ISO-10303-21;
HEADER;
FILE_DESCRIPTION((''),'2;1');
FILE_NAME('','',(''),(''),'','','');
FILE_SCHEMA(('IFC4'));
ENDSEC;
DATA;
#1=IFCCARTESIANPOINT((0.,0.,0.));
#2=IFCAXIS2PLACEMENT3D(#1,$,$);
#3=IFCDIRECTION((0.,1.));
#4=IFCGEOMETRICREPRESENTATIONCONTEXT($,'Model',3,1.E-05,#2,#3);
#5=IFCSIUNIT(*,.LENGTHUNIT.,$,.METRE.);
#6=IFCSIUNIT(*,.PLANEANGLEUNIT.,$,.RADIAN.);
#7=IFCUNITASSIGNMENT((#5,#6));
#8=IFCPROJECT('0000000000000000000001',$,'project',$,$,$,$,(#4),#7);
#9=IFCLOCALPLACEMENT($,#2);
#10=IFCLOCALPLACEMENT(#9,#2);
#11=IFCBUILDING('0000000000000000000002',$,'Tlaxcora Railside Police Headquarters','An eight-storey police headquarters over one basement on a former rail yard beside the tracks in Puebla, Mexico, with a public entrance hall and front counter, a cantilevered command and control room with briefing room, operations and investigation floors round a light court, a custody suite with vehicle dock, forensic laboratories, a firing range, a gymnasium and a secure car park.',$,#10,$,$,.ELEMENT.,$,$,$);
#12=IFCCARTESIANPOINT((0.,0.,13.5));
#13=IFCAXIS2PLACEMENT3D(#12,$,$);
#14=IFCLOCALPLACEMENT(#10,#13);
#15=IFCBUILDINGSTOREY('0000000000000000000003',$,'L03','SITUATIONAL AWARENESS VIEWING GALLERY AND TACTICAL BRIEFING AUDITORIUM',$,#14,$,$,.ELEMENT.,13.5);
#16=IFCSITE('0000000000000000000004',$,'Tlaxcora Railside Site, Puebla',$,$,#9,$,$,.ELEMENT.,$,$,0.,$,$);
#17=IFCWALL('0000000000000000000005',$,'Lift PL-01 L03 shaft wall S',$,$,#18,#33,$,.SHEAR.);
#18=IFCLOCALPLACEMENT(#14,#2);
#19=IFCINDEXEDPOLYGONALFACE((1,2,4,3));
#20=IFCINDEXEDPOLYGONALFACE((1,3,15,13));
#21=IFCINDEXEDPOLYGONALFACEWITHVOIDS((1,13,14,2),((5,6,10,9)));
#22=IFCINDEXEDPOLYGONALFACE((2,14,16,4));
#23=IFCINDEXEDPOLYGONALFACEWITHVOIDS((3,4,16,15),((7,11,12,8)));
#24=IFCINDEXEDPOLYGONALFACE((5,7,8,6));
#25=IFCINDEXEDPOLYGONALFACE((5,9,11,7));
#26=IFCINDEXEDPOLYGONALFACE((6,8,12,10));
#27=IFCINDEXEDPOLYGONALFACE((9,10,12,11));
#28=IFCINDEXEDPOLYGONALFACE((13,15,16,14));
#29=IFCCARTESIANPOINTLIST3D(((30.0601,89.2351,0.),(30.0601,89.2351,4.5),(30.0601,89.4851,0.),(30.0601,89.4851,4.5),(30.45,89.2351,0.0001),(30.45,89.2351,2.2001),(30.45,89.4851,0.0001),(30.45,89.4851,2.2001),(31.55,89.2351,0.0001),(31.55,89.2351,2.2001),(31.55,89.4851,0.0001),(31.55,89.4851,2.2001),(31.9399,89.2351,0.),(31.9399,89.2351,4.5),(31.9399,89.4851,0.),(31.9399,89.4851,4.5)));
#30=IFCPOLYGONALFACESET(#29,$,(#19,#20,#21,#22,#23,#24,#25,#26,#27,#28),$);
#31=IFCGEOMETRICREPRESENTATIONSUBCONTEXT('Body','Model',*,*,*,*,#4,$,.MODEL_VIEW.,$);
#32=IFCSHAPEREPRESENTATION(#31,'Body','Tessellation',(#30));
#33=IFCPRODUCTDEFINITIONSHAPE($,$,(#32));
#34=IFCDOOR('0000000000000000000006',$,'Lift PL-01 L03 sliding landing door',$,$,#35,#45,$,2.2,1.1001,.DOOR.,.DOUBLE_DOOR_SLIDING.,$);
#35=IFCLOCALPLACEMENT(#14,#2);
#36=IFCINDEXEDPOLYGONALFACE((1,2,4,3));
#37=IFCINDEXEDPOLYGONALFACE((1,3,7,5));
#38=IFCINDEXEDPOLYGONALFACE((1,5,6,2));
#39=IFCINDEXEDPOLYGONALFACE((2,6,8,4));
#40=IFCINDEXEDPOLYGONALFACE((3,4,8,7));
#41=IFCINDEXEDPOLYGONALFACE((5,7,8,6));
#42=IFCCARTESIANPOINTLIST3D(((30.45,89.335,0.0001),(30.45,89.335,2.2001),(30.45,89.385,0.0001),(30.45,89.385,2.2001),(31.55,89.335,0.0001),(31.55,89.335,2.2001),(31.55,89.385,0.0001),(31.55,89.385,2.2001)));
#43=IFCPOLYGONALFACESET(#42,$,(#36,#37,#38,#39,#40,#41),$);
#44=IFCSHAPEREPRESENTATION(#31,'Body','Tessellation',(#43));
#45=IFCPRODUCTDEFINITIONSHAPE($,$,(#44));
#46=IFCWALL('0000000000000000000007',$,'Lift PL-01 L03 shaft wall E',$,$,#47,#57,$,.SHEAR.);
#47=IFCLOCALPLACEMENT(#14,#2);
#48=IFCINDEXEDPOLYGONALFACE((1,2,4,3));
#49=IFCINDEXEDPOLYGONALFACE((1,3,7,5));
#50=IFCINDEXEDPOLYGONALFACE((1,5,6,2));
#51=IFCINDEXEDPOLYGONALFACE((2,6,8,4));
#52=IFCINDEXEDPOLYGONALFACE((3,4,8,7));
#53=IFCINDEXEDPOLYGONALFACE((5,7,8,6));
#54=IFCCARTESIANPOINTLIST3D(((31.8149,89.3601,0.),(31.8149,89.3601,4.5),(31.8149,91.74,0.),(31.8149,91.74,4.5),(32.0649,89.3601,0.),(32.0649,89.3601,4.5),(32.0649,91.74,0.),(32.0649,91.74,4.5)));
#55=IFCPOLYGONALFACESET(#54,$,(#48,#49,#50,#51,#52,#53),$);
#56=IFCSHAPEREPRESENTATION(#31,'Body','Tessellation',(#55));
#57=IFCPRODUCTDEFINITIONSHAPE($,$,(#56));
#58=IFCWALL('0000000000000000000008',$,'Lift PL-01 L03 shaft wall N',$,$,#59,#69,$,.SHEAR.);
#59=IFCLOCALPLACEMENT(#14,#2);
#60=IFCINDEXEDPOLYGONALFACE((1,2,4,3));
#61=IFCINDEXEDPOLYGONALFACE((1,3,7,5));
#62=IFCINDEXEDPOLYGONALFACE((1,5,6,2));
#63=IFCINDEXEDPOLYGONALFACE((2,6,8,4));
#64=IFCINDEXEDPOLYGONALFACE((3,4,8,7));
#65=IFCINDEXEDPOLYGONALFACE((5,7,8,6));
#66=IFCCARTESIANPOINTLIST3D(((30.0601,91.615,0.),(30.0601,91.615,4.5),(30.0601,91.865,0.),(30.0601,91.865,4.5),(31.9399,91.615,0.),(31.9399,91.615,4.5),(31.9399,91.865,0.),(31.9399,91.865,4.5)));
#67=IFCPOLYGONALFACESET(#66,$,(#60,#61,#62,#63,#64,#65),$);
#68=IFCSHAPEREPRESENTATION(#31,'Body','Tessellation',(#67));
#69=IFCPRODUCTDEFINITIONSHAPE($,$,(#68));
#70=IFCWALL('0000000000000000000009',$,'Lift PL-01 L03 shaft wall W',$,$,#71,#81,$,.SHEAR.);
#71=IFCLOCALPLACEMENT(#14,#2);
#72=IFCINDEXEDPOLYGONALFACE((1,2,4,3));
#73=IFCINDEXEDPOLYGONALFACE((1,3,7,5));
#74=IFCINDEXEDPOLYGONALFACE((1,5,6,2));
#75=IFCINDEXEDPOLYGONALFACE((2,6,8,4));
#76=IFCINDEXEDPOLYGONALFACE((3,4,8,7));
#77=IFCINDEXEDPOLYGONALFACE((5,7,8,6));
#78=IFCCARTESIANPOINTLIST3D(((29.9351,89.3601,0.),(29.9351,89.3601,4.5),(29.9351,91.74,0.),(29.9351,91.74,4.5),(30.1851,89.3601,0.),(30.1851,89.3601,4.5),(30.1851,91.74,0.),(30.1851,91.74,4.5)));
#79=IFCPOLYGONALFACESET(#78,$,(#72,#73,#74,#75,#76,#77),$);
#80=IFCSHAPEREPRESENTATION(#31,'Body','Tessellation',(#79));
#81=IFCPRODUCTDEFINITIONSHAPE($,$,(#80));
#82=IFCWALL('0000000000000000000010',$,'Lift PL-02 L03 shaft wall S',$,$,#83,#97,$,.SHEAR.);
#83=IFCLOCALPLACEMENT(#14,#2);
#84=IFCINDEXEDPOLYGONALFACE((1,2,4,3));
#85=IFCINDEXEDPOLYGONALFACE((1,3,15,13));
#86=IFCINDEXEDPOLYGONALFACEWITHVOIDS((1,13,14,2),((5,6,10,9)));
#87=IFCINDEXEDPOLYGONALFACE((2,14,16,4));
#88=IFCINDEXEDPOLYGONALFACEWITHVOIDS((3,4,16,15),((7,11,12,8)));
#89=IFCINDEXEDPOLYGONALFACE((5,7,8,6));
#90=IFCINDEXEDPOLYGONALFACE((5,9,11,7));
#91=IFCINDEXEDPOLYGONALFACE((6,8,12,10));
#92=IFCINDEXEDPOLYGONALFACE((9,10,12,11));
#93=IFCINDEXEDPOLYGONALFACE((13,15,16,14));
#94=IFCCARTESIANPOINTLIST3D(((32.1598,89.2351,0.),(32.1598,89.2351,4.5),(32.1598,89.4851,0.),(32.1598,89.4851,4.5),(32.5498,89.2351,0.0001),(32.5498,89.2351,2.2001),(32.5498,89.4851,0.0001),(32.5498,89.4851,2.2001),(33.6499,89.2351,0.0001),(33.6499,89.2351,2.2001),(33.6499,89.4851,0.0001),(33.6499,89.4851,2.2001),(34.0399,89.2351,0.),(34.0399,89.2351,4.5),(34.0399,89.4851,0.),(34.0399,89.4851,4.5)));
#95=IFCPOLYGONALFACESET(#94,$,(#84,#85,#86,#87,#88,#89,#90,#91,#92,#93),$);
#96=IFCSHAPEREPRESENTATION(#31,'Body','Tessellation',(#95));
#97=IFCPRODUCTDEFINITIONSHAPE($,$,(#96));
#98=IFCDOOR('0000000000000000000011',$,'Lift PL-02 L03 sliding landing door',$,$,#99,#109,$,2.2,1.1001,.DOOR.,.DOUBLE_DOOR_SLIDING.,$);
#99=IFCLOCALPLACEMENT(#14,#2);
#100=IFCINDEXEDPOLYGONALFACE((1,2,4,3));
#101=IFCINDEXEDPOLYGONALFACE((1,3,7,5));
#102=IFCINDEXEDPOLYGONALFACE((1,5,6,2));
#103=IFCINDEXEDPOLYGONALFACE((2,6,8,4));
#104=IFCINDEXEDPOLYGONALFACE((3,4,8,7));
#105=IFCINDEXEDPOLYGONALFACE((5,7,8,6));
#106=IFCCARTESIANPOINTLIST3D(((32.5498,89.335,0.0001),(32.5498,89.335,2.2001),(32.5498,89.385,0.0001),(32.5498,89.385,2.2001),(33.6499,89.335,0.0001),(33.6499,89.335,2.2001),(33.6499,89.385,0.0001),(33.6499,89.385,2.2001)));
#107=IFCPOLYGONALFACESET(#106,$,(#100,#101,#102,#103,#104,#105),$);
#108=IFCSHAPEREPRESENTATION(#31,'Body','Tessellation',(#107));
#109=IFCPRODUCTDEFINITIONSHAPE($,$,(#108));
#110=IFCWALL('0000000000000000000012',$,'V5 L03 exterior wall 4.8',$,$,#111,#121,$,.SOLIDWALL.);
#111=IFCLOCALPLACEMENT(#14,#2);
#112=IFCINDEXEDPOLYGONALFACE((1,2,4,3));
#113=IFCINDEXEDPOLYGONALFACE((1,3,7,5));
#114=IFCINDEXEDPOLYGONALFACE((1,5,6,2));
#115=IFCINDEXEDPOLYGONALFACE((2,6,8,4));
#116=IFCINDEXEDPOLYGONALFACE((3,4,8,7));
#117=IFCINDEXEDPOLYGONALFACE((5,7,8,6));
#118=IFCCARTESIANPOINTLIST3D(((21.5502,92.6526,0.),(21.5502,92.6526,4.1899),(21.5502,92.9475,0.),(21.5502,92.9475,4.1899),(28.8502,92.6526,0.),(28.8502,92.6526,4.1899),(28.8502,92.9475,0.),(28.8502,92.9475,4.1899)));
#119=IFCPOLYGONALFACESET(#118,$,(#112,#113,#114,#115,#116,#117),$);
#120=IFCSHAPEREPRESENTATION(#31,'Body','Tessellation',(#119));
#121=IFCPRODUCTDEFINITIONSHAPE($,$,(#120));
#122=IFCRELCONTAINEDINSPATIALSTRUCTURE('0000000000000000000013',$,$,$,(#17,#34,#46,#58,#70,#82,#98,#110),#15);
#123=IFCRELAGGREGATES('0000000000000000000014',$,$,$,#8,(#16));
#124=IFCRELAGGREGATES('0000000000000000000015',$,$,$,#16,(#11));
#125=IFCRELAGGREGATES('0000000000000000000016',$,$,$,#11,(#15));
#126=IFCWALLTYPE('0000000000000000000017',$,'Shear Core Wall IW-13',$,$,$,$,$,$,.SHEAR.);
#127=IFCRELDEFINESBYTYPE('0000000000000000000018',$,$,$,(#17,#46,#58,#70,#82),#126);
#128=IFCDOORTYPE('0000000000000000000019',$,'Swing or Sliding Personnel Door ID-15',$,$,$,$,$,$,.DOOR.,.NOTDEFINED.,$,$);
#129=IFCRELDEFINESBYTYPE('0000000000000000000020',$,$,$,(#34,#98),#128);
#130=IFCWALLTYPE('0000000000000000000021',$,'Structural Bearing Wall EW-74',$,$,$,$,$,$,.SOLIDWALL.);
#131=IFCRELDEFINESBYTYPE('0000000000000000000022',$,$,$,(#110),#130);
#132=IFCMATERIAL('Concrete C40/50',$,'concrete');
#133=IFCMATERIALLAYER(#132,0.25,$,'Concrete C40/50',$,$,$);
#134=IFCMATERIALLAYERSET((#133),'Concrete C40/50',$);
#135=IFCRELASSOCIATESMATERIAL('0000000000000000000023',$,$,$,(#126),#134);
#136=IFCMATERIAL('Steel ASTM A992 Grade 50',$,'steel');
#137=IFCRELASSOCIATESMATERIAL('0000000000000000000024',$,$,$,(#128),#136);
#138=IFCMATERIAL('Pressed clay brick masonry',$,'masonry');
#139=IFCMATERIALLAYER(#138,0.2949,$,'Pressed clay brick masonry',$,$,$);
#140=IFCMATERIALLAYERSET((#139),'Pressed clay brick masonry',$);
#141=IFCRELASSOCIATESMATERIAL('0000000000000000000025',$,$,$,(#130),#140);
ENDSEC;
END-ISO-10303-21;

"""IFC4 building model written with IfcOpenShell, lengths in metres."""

from ifc_helpers import new_model, si_unit, direction, frame, frame_2d, origin, place, context, subcontext, project, spatial, rectangle, extrude, material, layer, layer_set, type_object, element, fill, save


model = new_model("IFC4")

# Units and contexts
model_context = context("Model", 3, precision=1e-05, world=origin(), true_north=direction((0.0, 1.0)))
body_context = subcontext(model_context, "Body", "Model", "MODEL_VIEW")
ifc_project = project(units=[si_unit("LENGTHUNIT", "METRE"), si_unit("PLANEANGLEUNIT", "RADIAN")], contexts=[model_context])

# Site, building, storey
site_placement = place(None, origin())
site = spatial("IfcSite", under=ifc_project, at=site_placement, Name="Tlaxcora Railside Site, Puebla", CompositionType="ELEMENT", RefElevation=0.0)
building_placement = place(site_placement, origin())
building = spatial("IfcBuilding", under=site, at=building_placement, Name="Tlaxcora Railside Police Headquarters", Description="An eight-storey police headquarters over one basement on a former rail yard beside the tracks in Puebla, Mexico, with a public entrance hall and front counter, a cantilevered command and control room with briefing room, operations and investigation floors round a light court, a custody suite with vehicle dock, forensic laboratories, a firing range, a gymnasium and a secure car park.", CompositionType="ELEMENT")
storey_placement = place(building_placement, frame((0.0, 0.0, 13.5)))
storey = spatial("IfcBuildingStorey", under=building, at=storey_placement, Name="L03", Description="SITUATIONAL AWARENESS VIEWING GALLERY AND TACTICAL BRIEFING AUDITORIUM", CompositionType="ELEMENT", Elevation=13.5)

# Shared definitions
ifc_material_1 = material(Name="Concrete C40/50", Category="concrete")

# Shared definitions
ifc_material_2 = material(Name="Pressed clay brick masonry", Category="masonry")
ifc_material_3 = material(Name="Steel ASTM A992 Grade 50", Category="steel")

# Shared definitions
ifc_layer_1 = layer(ifc_material_1, 0.25, Name="Concrete C40/50")
ifc_layer_set_1 = layer_set([ifc_layer_1], Name="Concrete C40/50")
wall_type_1 = type_object("IfcWallType", Name="Shear Core Wall IW-13", PredefinedType="SHEAR", material=ifc_layer_set_1)

# Shared definitions
door_type_1 = type_object("IfcDoorType", Name="Swing or Sliding Personnel Door ID-15", OperationType="NOTDEFINED", PredefinedType="DOOR", material=ifc_material_3)

# Wall, opening, door
wall_1_placement = place(storey_placement, frame((30.0601, 89.3601, 0.0), z_axis=(0.0, 0.0, 1.0), x_axis=(1.0, 0.0, 0.0)))
wall_1 = element("IfcWall", 1, at=wall_1_placement, inside=storey, type_object=wall_type_1, Name="Lift PL-01 L03 shaft wall S", PredefinedType="SHEAR", context=body_context, shape_type="SweptSolid", body=[
    extrude(rectangle(XDim=1.8799, YDim=0.25, at=frame_2d((0.9399, 0.0))), origin(), (0.0, 0.0, 1.0), 4.5),
])
opening_1_placement = place(wall_1_placement, frame((0.3899, 0.0, 0.0)))
opening_1 = element("IfcOpeningElement", 2, at=opening_1_placement, cuts=wall_1, PredefinedType="OPENING", context=body_context, shape_type="SweptSolid", body=[
    extrude(rectangle(XDim=1.1001, YDim=2.2, at=frame_2d((0.55, 1.1001))), frame((0.0, 0.135, 0.0), z_axis=(0.0, -1.0, 0.0), x_axis=(1.0, 0.0, 0.0)), (0.0, 0.0, 1.0), 0.27),
])
door_1_placement = place(opening_1_placement, origin())
door_1 = element("IfcDoor", 3, at=door_1_placement, inside=storey, type_object=door_type_1, Name="Lift PL-01 L03 sliding landing door", OperationType="DOUBLE_DOOR_SLIDING", OverallHeight=2.2, OverallWidth=1.1001, PredefinedType="DOOR", context=body_context, shape_type="SweptSolid", body=[
    extrude(rectangle(XDim=1.1001, YDim=2.2, at=frame_2d((0.55, 1.1001))), frame((0.0, 0.0249, 0.0), z_axis=(0.0, -1.0, 0.0), x_axis=(1.0, 0.0, 0.0)), (0.0, 0.0, 1.0), 0.05),
])
fill(opening_1, door_1)

# Walls
wall_2_placement = place(storey_placement, frame((31.9399, 89.3601, 0.0), z_axis=(0.0, 0.0, 1.0), x_axis=(0.0, 1.0, 0.0)))
element("IfcWall", 4, at=wall_2_placement, inside=storey, type_object=wall_type_1, Name="Lift PL-01 L03 shaft wall E", PredefinedType="SHEAR", context=body_context, shape_type="SweptSolid", body=[
    extrude(rectangle(XDim=2.3799, YDim=0.25, at=frame_2d((1.1899, 0.0))), origin(), (0.0, 0.0, 1.0), 4.5),
])
wall_3_placement = place(storey_placement, frame((31.9399, 91.74, 0.0), z_axis=(0.0, 0.0, 1.0), x_axis=(-1.0, 0.0, 0.0)))
element("IfcWall", 5, at=wall_3_placement, inside=storey, type_object=wall_type_1, Name="Lift PL-01 L03 shaft wall N", PredefinedType="SHEAR", context=body_context, shape_type="SweptSolid", body=[
    extrude(rectangle(XDim=1.8799, YDim=0.25, at=frame_2d((0.9399, 0.0))), origin(), (0.0, 0.0, 1.0), 4.5),
])
wall_4_placement = place(storey_placement, frame((30.0601, 91.74, 0.0), z_axis=(0.0, 0.0, 1.0), x_axis=(0.0, -1.0, 0.0)))
element("IfcWall", 6, at=wall_4_placement, inside=storey, type_object=wall_type_1, Name="Lift PL-01 L03 shaft wall W", PredefinedType="SHEAR", context=body_context, shape_type="SweptSolid", body=[
    extrude(rectangle(XDim=2.3799, YDim=0.25, at=frame_2d((1.1899, 0.0))), origin(), (0.0, 0.0, 1.0), 4.5),
])

# Wall, opening, door
wall_5_placement = place(storey_placement, frame((32.1599, 89.3601, 0.0), z_axis=(0.0, 0.0, 1.0), x_axis=(1.0, 0.0, 0.0)))
wall_5 = element("IfcWall", 7, at=wall_5_placement, inside=storey, type_object=wall_type_1, Name="Lift PL-02 L03 shaft wall S", PredefinedType="SHEAR", context=body_context, shape_type="SweptSolid", body=[
    extrude(rectangle(XDim=1.8801, YDim=0.25, at=frame_2d((0.9399, 0.0))), origin(), (0.0, 0.0, 1.0), 4.5),
])
opening_2_placement = place(wall_5_placement, frame((0.3899, 0.0, 0.0)))
opening_2 = element("IfcOpeningElement", 8, at=opening_2_placement, cuts=wall_5, PredefinedType="OPENING", context=body_context, shape_type="SweptSolid", body=[
    extrude(rectangle(XDim=1.1001, YDim=2.2, at=frame_2d((0.55, 1.1001))), frame((0.0, 0.135, 0.0), z_axis=(0.0, -1.0, 0.0), x_axis=(1.0, 0.0, 0.0)), (0.0, 0.0, 1.0), 0.27),
])
door_2_placement = place(opening_2_placement, origin())
door_2 = element("IfcDoor", 9, at=door_2_placement, inside=storey, type_object=door_type_1, Name="Lift PL-02 L03 sliding landing door", OperationType="DOUBLE_DOOR_SLIDING", OverallHeight=2.2, OverallWidth=1.1001, PredefinedType="DOOR", context=body_context, shape_type="SweptSolid", body=[
    extrude(rectangle(XDim=1.1001, YDim=2.2, at=frame_2d((0.55, 1.1001))), frame((0.0, 0.0249, 0.0), z_axis=(0.0, -1.0, 0.0), x_axis=(1.0, 0.0, 0.0)), (0.0, 0.0, 1.0), 0.05),
])
fill(opening_2, door_2)

# Wall
ifc_layer_2 = layer(ifc_material_2, 0.2949, Name="Pressed clay brick masonry")
ifc_layer_set_2 = layer_set([ifc_layer_2], Name="Pressed clay brick masonry")
wall_type_2 = type_object("IfcWallType", Name="Structural Bearing Wall EW-74", PredefinedType="SOLIDWALL", material=ifc_layer_set_2)
wall_6_placement = place(storey_placement, frame((28.8501, 92.8, 0.0), z_axis=(0.0, 0.0, 1.0), x_axis=(-1.0, 0.0, 0.0)))
element("IfcWall", 10, at=wall_6_placement, inside=storey, type_object=wall_type_2, Name="V5 L03 exterior wall 4.8", PredefinedType="SOLIDWALL", context=body_context, shape_type="SweptSolid", body=[
    extrude(rectangle(XDim=7.3, YDim=0.2949, at=frame_2d((3.6499, 0.0))), origin(), (0.0, 0.0, 1.0), 4.1899),
])

save(model, "model.ifc")
